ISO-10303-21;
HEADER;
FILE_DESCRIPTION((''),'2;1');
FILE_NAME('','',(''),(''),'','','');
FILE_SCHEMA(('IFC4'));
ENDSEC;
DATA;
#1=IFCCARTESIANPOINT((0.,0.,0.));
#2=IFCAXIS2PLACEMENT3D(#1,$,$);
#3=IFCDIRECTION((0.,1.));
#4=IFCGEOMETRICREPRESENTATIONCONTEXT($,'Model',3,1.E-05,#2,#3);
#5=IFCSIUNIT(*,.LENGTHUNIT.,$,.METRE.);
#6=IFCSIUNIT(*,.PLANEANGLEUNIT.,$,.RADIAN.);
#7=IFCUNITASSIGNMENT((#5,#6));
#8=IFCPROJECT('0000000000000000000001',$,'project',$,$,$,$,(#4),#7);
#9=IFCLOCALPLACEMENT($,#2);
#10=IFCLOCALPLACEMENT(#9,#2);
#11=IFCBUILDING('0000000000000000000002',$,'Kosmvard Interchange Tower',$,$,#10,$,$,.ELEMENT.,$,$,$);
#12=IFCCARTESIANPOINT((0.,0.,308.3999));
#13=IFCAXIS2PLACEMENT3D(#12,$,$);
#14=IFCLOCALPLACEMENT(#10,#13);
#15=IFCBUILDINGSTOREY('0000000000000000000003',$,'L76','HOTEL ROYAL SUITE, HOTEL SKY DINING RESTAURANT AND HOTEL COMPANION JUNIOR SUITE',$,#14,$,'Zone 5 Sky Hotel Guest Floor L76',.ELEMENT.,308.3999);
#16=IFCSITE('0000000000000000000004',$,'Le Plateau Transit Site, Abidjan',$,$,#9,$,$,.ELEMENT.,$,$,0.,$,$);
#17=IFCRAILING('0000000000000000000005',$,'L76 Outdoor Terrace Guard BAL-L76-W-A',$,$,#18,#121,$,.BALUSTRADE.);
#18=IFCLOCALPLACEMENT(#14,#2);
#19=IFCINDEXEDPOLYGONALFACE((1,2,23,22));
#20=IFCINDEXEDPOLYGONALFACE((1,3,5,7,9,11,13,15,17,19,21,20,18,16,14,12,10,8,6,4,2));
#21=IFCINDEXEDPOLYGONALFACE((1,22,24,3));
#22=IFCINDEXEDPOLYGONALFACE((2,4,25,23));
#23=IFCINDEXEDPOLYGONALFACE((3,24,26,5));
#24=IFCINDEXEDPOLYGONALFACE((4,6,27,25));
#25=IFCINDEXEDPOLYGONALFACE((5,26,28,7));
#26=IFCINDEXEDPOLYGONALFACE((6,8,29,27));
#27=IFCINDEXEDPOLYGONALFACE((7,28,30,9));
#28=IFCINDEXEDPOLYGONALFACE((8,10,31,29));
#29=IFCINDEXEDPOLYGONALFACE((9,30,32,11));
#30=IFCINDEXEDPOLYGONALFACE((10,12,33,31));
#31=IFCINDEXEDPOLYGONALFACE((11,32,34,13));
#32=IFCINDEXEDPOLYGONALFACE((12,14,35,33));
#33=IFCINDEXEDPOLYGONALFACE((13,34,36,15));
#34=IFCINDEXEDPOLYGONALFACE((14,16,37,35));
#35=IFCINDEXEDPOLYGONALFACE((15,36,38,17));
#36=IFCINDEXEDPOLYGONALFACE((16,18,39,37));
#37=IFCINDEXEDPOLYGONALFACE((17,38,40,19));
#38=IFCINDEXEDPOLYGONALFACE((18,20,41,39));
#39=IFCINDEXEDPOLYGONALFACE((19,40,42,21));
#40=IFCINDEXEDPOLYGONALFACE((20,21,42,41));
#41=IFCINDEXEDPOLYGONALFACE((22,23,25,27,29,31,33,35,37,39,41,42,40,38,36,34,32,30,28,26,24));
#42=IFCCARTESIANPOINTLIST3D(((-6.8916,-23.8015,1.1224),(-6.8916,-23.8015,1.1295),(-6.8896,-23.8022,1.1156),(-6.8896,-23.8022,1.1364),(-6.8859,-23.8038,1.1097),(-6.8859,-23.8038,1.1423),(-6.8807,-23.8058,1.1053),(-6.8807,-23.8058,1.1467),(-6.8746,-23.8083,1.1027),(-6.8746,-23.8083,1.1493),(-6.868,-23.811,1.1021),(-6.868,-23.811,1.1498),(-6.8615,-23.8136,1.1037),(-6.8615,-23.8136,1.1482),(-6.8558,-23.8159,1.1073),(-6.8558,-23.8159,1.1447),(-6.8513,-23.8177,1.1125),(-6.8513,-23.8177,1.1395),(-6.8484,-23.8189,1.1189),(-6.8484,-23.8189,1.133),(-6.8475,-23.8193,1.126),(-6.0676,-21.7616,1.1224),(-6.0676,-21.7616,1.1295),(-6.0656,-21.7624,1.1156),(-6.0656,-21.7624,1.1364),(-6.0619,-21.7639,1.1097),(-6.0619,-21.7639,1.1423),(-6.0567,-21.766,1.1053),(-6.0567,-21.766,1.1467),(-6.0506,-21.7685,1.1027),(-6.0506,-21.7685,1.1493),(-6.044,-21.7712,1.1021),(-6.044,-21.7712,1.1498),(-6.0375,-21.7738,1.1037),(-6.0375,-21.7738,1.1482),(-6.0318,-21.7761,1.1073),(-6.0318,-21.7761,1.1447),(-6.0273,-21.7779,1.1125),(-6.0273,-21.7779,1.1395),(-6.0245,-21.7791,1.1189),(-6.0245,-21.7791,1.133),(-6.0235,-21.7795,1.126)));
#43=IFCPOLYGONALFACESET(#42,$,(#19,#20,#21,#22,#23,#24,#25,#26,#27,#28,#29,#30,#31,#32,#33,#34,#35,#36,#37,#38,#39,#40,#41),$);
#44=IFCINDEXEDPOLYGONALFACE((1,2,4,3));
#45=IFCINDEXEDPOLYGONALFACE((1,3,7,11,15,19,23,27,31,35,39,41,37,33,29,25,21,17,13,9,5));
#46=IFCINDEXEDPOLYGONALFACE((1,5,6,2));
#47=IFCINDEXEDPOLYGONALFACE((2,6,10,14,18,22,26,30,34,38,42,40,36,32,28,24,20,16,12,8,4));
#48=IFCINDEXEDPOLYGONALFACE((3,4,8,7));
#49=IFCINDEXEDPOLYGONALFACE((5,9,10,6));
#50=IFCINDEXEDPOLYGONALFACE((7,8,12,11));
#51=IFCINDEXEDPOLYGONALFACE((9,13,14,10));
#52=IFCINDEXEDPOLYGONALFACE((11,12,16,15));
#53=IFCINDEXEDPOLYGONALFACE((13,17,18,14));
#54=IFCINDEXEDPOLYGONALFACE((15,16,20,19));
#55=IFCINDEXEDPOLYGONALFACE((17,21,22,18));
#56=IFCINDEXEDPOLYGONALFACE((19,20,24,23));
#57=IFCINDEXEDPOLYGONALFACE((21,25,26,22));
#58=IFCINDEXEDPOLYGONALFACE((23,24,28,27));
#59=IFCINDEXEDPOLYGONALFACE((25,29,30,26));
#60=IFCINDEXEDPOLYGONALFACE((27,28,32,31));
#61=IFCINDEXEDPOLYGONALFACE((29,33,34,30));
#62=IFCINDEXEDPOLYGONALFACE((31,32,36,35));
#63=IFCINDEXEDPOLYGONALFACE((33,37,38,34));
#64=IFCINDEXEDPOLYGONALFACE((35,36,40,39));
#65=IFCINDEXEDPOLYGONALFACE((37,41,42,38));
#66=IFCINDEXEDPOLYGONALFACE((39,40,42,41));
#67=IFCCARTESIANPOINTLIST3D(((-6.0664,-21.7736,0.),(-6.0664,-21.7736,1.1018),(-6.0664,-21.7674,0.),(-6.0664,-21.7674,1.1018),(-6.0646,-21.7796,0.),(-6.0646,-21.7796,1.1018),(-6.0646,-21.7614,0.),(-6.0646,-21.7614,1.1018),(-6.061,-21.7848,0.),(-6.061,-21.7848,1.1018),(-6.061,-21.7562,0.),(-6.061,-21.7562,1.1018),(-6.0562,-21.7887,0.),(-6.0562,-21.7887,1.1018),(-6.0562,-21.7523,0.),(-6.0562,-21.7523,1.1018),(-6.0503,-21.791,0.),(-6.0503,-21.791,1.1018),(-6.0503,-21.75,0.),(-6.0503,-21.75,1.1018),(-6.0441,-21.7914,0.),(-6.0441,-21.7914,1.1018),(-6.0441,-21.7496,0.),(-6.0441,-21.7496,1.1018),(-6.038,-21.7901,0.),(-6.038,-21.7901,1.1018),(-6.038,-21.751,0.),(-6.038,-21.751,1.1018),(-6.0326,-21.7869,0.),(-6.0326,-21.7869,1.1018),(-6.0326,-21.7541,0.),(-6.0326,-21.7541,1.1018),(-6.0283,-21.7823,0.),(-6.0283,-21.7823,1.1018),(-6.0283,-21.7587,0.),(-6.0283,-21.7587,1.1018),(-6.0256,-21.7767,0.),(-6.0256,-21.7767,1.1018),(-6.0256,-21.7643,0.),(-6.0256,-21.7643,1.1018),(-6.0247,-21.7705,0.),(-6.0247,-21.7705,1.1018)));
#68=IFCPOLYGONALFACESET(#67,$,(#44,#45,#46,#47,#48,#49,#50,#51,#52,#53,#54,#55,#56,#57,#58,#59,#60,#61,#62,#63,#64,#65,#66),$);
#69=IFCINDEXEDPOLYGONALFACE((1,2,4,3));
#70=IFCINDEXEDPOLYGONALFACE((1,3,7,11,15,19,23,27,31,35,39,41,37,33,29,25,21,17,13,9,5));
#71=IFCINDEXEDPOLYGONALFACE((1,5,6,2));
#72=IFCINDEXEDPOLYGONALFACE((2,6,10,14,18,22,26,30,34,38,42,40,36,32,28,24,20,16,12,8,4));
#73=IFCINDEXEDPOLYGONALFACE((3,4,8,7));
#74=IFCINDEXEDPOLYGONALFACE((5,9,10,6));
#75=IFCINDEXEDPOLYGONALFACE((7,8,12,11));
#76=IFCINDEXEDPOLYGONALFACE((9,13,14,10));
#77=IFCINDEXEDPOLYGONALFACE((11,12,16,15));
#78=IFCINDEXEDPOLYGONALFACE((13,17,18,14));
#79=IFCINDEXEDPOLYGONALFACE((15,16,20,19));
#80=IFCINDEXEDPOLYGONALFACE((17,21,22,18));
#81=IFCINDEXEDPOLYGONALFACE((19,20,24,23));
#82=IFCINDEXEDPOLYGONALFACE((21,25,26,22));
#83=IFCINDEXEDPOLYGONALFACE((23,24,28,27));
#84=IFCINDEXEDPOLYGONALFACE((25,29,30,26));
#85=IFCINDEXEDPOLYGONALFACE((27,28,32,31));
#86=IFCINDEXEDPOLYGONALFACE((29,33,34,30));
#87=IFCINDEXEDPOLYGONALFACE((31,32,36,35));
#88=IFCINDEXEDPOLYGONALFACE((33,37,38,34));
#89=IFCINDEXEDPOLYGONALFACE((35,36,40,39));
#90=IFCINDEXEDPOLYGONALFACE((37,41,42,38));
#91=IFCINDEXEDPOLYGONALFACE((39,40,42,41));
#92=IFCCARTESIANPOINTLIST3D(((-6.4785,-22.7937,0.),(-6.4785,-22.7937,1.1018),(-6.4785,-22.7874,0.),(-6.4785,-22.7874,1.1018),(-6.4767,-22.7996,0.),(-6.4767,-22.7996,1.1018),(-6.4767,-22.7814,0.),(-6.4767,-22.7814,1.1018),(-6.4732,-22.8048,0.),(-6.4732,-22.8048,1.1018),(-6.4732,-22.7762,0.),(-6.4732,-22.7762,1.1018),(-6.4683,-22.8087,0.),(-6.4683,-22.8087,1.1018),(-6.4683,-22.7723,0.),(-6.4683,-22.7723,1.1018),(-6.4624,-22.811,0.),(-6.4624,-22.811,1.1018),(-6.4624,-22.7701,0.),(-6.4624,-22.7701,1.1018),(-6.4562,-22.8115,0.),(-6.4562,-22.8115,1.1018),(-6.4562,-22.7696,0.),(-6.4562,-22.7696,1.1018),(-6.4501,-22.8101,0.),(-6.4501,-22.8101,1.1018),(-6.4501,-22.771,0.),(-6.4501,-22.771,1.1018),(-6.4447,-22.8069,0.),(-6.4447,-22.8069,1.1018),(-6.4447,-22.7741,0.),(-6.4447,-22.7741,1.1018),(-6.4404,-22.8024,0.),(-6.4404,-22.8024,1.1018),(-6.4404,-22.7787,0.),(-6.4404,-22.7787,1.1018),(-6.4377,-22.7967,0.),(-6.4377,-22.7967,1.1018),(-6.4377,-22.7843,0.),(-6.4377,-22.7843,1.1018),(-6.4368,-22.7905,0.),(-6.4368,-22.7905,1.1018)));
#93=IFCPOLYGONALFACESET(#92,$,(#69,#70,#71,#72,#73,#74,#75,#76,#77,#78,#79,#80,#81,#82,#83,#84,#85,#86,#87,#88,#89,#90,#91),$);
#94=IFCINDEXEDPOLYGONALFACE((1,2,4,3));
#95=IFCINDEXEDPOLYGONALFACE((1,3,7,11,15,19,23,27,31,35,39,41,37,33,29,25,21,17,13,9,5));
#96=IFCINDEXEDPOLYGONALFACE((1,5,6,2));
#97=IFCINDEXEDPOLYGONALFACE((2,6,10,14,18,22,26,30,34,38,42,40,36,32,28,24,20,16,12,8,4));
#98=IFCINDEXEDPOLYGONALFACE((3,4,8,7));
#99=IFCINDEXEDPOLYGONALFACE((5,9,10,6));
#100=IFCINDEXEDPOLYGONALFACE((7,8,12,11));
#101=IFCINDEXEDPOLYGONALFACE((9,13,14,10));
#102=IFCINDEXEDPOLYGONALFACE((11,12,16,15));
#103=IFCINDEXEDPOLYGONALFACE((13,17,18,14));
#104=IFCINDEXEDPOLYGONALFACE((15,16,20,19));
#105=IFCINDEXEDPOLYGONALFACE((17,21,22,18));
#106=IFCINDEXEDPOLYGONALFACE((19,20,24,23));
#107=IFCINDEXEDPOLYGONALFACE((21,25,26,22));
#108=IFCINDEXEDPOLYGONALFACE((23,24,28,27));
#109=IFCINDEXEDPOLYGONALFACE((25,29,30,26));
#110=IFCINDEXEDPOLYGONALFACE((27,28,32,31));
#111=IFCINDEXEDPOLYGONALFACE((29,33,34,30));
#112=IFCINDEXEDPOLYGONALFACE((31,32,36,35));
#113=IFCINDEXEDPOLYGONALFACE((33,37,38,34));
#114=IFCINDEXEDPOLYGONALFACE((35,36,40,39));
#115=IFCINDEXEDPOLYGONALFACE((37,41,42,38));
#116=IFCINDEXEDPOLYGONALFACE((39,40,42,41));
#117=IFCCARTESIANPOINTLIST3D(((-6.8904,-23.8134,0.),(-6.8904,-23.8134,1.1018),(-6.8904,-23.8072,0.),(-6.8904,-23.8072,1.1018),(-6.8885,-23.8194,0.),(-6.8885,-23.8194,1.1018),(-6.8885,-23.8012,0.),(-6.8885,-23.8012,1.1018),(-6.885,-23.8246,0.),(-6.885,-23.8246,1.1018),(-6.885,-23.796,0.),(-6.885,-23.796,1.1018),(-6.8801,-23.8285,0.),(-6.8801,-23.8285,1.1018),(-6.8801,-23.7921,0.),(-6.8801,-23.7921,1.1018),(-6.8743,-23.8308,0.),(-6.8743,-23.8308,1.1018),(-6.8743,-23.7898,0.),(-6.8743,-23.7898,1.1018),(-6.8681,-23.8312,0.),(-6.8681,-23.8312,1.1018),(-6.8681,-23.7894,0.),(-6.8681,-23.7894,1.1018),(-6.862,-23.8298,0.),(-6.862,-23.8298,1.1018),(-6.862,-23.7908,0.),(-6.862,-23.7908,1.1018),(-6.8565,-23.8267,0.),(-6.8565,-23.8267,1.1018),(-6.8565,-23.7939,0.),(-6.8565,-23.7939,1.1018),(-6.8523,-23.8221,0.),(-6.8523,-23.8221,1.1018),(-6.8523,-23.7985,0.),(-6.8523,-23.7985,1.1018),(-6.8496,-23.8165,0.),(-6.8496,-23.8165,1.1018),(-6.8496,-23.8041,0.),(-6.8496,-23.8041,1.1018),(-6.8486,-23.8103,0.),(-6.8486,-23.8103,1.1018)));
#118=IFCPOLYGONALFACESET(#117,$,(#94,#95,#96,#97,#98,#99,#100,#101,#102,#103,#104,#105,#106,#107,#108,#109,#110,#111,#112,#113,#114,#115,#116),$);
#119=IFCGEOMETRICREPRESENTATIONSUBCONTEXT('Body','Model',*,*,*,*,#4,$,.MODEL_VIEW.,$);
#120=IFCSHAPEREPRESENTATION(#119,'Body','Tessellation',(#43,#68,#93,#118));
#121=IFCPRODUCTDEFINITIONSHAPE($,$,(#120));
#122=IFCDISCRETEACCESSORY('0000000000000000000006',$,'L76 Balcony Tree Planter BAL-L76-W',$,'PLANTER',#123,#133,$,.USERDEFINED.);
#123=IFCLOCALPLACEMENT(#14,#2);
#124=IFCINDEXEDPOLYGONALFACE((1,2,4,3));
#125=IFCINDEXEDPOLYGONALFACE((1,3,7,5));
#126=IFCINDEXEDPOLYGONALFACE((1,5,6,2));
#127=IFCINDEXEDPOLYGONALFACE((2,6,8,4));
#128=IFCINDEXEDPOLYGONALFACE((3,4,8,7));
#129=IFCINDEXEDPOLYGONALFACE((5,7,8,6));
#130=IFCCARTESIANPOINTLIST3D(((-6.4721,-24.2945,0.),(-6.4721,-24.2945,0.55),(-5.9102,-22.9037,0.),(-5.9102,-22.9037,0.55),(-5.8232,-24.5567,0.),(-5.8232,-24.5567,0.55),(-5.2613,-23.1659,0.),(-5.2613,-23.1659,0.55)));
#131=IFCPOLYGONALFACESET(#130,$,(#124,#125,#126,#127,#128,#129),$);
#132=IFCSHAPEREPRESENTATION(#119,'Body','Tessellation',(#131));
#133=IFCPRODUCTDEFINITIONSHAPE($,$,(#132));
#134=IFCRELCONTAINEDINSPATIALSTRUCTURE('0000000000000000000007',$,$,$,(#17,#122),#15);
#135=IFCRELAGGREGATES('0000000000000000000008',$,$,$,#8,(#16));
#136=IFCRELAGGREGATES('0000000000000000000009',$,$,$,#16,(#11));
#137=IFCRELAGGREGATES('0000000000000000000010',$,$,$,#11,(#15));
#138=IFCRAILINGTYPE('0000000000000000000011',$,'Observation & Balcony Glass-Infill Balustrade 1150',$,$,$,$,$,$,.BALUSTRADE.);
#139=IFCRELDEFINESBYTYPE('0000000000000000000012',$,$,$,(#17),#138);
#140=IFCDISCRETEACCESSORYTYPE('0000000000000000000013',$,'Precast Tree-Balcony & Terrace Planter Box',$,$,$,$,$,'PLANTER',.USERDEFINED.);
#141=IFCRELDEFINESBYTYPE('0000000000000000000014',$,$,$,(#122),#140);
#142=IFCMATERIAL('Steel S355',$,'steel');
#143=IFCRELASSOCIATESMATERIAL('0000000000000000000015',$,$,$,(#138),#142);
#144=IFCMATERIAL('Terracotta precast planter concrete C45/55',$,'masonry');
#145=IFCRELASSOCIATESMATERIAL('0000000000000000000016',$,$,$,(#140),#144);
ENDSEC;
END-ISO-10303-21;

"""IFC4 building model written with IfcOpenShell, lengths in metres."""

from ifc_helpers import new_model, si_unit, direction, frame, origin, origin_2d, place, context, subcontext, project, spatial, rectangle, circle, extrude, source, transform, mapped, material, type_object, element, save


model = new_model("IFC4")

# Units and contexts
model_context = context("Model", 3, precision=1e-05, world=origin(), true_north=direction((0.0, 1.0)))
body_context = subcontext(model_context, "Body", "Model", "MODEL_VIEW")
ifc_project = project(units=[si_unit("LENGTHUNIT", "METRE"), si_unit("PLANEANGLEUNIT", "RADIAN")], contexts=[model_context])

# Site, building, storey
site_placement = place(None, origin())
site = spatial("IfcSite", under=ifc_project, at=site_placement, Name="Le Plateau Transit Site, Abidjan", CompositionType="ELEMENT", RefElevation=0.0)
building_placement = place(site_placement, origin())
building = spatial("IfcBuilding", under=site, at=building_placement, Name="Kosmvard Interchange Tower", CompositionType="ELEMENT")
storey_placement = place(building_placement, frame((0.0, 0.0, 308.3999)))
storey = spatial("IfcBuildingStorey", under=building, at=storey_placement, Name="L76", Description="HOTEL ROYAL SUITE, HOTEL SKY DINING RESTAURANT AND HOTEL COMPANION JUNIOR SUITE", LongName="Zone 5 Sky Hotel Guest Floor L76", CompositionType="ELEMENT", Elevation=308.3999)

# Shared definitions
ifc_material_1 = material(Name="Steel S355", Category="steel")

# Railing
railing_type = type_object("IfcRailingType", Name="Observation & Balcony Glass-Infill Balustrade 1150", PredefinedType="BALUSTRADE", material=ifc_material_1)
shared_shape_1 = source(origin(), body_context, "Body", "SweptSolid", [
    extrude(circle(Radius=0.0239, at=origin_2d()), frame((0.0, 0.0, 1.126), z_axis=(-0.374546, -0.927208, 0.0), x_axis=(0.927208, -0.374546, 0.0)), (0.0, 0.0, 1.0), 2.2),
    extrude(circle(Radius=0.021, at=origin_2d()), origin(), (0.0, 0.0, 1.0), 1.1018),
    extrude(circle(Radius=0.021, at=origin_2d()), frame((-0.4121, -1.02, 0.0)), (0.0, 0.0, 1.0), 1.1018),
    extrude(circle(Radius=0.021, at=origin_2d()), frame((-0.824, -2.0398, 0.0)), (0.0, 0.0, 1.0), 1.1018),
])
railing_1_placement = place(storey_placement, frame((-6.0457, -21.7705, 0.0)))
element("IfcRailing", 1, at=railing_1_placement, inside=storey, type_object=railing_type, Name="L76 Outdoor Terrace Guard BAL-L76-W-A", PredefinedType="BALUSTRADE", context=body_context, shape_type="MappedRepresentation", body=[
    mapped(shared_shape_1, transform((0.0, 0.0, 0.0), scale=1.0)),
])

# Discrete accessory
ifc_material_2 = material(Name="Terracotta precast planter concrete C45/55", Category="masonry")
discrete_accessory_type = type_object("IfcDiscreteAccessoryType", Name="Precast Tree-Balcony & Terrace Planter Box", ElementType="PLANTER", PredefinedType="USERDEFINED", material=ifc_material_2)
shared_shape_2 = source(origin(), body_context, "Body", "SweptSolid", [
    extrude(rectangle(XDim=1.5, YDim=0.7, at=origin_2d()), origin(), (0.0, 0.0, 1.0), 0.55),
])
discrete_accessory_placement = place(storey_placement, frame((-5.8667, -23.7302, 0.0), z_axis=(0.0, 0.0, 1.0), x_axis=(0.374607, 0.927184, 0.0)))
element("IfcDiscreteAccessory", 2, at=discrete_accessory_placement, inside=storey, type_object=discrete_accessory_type, Name="L76 Balcony Tree Planter BAL-L76-W", ObjectType="PLANTER", PredefinedType="USERDEFINED", context=body_context, shape_type="MappedRepresentation", body=[
    mapped(shared_shape_2, transform((0.0, 0.0, 0.0), scale=1.0)),
])

save(model, "model.ifc")
